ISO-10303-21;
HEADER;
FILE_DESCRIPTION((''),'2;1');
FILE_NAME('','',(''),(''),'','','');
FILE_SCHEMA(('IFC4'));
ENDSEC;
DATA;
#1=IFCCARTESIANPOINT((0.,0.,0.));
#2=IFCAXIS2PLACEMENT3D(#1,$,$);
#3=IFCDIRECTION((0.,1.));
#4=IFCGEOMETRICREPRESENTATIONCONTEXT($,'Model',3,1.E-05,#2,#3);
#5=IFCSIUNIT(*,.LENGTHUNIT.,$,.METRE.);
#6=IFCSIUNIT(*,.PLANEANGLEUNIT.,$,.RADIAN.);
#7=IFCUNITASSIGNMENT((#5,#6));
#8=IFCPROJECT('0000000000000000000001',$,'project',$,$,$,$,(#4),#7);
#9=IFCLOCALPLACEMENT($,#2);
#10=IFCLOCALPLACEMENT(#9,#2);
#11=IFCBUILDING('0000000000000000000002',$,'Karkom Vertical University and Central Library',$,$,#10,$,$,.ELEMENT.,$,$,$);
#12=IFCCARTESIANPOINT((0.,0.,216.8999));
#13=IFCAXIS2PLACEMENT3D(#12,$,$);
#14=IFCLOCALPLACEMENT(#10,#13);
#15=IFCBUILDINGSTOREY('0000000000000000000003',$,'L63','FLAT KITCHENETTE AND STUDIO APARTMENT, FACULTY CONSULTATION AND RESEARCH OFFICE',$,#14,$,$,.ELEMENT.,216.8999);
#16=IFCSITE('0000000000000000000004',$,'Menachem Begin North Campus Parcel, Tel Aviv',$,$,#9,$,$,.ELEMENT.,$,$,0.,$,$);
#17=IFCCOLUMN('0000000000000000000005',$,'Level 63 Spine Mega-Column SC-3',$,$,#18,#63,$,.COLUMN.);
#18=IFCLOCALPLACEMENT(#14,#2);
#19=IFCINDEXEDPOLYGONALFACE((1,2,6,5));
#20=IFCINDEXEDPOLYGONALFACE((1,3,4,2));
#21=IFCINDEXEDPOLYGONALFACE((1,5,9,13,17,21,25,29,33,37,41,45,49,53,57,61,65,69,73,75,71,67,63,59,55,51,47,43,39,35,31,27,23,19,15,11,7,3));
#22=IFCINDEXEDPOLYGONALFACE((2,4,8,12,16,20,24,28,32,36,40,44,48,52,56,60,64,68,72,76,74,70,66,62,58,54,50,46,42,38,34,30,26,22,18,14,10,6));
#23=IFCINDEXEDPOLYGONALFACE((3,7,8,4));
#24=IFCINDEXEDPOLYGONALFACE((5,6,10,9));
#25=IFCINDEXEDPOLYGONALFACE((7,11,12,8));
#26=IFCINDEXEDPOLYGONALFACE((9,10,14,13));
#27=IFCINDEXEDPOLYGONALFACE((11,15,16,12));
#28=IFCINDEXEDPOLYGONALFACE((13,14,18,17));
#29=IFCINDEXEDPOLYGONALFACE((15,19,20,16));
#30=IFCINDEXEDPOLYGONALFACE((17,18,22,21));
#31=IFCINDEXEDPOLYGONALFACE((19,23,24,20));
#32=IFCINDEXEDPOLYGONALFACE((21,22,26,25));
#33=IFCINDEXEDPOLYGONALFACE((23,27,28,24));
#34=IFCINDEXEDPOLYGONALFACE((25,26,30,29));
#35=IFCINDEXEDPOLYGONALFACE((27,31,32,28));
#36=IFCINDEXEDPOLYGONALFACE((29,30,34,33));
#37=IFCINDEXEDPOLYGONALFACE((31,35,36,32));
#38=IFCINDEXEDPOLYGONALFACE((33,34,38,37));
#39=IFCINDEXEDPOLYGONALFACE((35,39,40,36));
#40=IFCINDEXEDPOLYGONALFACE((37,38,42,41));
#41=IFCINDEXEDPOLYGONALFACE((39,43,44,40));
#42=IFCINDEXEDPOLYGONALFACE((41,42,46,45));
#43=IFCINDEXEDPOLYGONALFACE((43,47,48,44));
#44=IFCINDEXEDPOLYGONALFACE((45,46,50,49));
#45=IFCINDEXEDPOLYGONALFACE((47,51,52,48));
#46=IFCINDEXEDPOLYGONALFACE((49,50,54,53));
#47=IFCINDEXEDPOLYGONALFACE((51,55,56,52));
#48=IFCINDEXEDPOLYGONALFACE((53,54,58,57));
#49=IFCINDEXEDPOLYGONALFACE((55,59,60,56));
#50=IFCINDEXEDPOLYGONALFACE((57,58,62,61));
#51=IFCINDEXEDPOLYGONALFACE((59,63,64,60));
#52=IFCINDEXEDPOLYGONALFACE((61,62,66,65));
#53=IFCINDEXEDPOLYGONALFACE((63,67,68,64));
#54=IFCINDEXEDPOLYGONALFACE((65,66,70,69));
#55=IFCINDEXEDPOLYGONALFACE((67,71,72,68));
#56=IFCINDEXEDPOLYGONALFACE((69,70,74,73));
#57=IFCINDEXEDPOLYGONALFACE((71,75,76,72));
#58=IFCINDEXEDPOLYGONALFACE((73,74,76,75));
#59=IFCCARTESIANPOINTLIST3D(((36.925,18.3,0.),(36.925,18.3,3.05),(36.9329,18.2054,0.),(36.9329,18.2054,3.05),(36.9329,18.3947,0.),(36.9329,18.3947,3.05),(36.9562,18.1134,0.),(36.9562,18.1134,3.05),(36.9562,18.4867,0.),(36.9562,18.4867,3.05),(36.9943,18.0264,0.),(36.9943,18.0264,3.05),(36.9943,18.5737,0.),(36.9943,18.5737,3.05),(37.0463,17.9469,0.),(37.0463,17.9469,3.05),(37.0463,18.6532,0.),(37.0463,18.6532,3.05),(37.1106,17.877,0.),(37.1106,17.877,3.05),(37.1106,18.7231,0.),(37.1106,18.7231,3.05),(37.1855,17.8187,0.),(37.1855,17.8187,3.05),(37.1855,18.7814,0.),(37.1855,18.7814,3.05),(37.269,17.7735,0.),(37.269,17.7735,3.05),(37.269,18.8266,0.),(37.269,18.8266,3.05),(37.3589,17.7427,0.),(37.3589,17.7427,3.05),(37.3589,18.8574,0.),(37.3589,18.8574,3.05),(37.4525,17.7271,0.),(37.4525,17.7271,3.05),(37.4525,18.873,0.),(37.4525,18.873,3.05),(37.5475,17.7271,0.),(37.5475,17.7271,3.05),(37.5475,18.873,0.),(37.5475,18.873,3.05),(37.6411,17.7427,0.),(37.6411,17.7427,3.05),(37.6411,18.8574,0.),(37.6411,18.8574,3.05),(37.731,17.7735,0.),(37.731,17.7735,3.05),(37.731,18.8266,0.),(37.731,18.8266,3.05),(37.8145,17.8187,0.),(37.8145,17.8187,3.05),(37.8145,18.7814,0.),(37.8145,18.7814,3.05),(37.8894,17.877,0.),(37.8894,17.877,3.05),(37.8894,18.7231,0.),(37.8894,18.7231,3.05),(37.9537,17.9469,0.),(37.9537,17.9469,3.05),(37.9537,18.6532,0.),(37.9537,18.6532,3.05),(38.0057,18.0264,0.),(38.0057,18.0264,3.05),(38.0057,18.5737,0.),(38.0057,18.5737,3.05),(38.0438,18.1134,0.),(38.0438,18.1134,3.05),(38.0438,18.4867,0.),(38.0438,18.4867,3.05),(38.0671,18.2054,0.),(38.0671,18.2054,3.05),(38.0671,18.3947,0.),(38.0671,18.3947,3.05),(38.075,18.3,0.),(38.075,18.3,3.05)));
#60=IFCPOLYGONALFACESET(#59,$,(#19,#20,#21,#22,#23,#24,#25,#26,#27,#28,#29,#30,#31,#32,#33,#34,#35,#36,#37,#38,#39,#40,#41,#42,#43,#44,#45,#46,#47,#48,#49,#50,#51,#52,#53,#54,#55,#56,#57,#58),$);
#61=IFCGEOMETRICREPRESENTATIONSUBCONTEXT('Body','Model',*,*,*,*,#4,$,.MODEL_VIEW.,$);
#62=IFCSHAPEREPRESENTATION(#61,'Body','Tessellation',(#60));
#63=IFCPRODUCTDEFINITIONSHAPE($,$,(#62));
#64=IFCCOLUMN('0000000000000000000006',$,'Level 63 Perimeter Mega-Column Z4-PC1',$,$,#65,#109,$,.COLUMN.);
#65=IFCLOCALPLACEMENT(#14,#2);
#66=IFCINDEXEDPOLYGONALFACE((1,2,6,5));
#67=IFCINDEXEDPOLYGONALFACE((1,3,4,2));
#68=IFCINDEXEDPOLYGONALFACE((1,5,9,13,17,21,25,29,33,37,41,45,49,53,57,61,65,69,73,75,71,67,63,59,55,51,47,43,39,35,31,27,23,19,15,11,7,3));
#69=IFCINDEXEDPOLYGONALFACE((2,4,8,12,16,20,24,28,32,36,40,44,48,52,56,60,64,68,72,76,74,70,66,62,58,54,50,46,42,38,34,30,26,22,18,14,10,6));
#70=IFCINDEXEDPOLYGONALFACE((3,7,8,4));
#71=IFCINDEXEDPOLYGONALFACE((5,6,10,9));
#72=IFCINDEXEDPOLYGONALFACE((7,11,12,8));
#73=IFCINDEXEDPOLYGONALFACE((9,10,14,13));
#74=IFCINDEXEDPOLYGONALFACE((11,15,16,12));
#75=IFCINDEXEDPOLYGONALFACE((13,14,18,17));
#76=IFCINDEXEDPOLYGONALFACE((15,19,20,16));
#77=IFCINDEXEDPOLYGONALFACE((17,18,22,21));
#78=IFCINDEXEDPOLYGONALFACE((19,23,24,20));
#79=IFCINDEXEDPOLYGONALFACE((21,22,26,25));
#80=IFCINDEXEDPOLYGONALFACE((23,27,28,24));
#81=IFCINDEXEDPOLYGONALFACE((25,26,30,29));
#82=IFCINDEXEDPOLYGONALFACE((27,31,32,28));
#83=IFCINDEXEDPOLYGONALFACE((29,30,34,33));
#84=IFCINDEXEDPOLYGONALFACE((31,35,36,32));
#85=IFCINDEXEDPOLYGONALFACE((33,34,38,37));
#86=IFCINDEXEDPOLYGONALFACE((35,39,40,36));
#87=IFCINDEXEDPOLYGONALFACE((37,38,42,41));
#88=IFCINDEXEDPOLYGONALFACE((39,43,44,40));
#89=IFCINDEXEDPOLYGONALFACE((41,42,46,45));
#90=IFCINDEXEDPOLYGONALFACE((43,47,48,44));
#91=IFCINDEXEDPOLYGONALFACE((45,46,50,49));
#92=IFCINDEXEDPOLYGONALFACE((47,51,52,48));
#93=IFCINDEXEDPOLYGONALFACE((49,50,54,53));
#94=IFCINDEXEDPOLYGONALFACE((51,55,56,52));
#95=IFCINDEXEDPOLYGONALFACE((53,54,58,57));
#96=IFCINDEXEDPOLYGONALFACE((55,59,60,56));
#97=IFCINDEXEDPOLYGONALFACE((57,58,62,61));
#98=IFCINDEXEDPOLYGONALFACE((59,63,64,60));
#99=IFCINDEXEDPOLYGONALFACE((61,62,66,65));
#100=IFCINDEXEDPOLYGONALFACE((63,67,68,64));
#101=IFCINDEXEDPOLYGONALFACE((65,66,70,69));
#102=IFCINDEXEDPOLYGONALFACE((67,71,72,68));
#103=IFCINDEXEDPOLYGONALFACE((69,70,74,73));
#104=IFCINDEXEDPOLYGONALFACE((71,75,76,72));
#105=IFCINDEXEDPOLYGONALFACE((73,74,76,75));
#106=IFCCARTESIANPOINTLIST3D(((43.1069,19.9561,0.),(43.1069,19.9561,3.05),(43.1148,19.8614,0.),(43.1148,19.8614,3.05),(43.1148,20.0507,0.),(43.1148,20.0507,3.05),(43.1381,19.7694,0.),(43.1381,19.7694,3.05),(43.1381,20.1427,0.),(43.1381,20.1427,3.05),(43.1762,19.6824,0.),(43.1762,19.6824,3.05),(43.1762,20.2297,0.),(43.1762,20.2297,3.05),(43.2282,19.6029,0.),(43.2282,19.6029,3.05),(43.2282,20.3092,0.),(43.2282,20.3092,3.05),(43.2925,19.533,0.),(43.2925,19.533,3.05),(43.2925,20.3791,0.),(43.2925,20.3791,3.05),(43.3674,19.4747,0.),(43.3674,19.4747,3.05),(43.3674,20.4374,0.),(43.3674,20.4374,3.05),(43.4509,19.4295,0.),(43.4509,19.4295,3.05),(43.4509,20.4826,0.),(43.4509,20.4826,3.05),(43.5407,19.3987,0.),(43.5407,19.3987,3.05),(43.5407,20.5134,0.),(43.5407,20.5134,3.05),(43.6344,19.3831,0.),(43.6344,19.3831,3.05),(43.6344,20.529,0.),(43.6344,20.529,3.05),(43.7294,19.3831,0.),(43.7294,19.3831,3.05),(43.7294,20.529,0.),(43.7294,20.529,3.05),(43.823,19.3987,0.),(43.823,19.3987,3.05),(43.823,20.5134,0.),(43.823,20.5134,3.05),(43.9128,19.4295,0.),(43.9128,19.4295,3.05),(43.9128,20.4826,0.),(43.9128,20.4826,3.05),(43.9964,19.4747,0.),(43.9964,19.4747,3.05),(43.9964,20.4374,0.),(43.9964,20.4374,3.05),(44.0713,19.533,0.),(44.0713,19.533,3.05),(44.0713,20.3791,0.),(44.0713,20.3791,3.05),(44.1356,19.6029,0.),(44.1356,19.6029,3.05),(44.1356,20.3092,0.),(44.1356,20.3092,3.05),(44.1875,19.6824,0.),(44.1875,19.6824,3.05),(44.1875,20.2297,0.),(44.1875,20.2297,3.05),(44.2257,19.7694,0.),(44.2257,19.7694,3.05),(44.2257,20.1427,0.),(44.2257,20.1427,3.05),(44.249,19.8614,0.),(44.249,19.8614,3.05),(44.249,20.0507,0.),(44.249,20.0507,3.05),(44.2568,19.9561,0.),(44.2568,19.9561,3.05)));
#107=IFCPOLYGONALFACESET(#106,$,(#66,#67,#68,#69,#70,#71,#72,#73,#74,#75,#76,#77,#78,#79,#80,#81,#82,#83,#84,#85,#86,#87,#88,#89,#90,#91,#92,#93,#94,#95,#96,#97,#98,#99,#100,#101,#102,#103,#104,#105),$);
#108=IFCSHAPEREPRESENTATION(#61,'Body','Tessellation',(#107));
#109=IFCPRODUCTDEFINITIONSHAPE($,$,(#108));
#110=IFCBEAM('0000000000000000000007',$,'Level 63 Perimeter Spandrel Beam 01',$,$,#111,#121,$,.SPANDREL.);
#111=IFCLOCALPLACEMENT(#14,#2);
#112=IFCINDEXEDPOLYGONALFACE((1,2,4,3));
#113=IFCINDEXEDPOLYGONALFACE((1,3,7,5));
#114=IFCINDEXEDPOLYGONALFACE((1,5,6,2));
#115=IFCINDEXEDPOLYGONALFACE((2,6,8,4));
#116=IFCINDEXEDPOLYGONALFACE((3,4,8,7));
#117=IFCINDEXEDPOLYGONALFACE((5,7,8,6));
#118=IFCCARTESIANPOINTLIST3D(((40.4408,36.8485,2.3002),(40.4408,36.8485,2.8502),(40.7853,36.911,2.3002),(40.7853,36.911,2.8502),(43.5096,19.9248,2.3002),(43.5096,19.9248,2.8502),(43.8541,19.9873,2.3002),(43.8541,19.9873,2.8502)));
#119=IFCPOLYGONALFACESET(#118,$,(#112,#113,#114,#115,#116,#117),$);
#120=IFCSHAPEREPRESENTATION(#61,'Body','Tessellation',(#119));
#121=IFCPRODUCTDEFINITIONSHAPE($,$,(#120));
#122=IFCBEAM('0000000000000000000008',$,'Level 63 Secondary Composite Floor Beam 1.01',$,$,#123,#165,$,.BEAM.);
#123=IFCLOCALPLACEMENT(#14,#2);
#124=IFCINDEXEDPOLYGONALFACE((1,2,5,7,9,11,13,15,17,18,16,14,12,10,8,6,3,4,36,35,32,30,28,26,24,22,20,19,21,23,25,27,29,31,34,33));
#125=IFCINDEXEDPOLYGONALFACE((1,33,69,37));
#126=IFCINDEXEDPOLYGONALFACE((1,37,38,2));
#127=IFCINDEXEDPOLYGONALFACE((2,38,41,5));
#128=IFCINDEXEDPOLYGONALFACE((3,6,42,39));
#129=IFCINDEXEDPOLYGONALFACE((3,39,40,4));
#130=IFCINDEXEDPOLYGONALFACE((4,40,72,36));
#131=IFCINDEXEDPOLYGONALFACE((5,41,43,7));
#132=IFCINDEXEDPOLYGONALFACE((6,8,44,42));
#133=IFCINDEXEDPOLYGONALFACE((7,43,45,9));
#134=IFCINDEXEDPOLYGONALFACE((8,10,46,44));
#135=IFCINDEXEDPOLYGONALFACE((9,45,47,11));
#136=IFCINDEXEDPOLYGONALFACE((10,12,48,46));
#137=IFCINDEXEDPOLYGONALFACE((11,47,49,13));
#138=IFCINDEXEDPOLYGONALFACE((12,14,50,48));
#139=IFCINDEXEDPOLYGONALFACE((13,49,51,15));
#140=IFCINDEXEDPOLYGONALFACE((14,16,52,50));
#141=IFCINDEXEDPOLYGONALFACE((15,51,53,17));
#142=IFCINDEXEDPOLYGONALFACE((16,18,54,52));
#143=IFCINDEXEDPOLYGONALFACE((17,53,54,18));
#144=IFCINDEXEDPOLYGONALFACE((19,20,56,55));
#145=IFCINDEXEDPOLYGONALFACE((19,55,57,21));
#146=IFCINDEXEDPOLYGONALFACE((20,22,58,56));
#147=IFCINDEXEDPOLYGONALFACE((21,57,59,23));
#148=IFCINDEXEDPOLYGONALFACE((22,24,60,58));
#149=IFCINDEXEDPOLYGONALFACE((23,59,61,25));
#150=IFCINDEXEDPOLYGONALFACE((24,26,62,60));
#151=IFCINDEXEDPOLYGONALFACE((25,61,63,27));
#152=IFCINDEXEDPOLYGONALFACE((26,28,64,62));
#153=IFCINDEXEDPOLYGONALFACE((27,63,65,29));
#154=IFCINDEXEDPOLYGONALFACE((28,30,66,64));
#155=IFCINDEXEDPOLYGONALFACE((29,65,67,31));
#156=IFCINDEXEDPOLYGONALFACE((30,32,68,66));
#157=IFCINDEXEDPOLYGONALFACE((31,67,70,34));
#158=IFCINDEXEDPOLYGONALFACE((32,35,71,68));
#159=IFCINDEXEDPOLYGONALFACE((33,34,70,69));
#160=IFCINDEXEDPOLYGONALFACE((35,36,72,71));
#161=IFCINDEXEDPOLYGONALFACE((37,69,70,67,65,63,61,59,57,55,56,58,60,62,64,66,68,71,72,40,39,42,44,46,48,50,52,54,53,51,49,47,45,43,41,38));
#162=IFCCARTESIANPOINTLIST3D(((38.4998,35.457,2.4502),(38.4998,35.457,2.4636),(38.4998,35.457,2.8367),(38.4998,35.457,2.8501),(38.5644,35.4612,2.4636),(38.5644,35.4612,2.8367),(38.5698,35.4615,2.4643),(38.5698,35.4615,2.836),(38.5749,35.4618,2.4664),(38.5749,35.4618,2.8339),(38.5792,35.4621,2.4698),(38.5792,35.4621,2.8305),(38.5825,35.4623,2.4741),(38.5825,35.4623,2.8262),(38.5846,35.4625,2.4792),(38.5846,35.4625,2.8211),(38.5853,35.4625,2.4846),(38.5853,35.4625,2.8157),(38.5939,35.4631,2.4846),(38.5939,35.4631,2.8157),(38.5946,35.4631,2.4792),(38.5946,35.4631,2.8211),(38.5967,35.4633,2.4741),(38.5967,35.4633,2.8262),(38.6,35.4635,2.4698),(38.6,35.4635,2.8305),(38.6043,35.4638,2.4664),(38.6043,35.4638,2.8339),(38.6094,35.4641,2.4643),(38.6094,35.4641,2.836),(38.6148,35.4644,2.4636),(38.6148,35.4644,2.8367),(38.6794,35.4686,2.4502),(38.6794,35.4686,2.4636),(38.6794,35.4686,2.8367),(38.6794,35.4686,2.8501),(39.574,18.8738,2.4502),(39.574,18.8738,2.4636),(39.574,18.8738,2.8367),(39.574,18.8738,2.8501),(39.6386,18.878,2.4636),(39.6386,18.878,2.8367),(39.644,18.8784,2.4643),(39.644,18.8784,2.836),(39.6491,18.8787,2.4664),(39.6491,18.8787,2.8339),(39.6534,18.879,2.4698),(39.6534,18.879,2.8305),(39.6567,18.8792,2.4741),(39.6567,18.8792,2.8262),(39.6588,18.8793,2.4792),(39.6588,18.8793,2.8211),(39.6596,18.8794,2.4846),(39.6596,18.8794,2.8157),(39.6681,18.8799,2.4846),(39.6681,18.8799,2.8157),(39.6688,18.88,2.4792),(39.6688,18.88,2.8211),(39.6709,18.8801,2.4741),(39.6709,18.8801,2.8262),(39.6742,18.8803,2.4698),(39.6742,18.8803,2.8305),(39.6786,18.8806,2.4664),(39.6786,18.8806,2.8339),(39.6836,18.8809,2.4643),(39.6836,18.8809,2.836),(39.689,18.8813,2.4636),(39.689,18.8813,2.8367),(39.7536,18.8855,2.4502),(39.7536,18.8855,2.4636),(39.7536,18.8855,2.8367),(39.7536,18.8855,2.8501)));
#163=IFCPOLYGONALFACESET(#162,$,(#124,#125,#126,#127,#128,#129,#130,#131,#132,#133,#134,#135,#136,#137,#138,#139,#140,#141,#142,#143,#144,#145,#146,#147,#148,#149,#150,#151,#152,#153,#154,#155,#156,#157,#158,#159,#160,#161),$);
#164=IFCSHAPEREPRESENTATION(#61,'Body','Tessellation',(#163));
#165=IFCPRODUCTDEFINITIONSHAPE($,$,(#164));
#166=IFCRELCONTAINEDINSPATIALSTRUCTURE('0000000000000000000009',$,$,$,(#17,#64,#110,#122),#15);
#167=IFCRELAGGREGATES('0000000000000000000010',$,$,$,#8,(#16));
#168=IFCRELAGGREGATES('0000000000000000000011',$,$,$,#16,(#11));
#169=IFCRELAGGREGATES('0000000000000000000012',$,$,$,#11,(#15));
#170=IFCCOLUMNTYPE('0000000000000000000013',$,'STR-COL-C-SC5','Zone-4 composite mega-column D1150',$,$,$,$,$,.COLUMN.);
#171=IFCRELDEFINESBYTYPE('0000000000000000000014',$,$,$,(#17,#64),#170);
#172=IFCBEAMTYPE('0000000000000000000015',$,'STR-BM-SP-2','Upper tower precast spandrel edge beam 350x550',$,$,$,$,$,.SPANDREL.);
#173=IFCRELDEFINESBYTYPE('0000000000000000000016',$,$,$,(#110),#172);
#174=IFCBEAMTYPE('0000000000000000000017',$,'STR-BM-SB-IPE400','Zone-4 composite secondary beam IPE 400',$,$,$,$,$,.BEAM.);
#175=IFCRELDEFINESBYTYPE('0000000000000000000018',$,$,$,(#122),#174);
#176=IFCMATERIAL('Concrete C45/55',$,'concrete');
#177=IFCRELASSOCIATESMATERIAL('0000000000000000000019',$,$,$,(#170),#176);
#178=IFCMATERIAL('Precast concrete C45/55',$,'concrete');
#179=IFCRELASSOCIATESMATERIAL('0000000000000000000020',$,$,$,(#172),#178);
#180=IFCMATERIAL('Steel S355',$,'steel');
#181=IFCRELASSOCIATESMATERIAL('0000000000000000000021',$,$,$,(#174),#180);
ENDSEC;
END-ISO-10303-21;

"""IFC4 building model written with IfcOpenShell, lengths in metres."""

from ifc_helpers import new_model, si_unit, direction, frame, origin, origin_with_axes, origin_2d, place, context, subcontext, project, spatial, rectangle, circle, i_section, extrude, source, transform, mapped, material, material_profile, profile_set, type_object, element, save


model = new_model("IFC4")

# Units and contexts
model_context = context("Model", 3, precision=1e-05, world=origin(), true_north=direction((0.0, 1.0)))
body_context = subcontext(model_context, "Body", "Model", "MODEL_VIEW")
ifc_project = project(units=[si_unit("LENGTHUNIT", "METRE"), si_unit("PLANEANGLEUNIT", "RADIAN")], contexts=[model_context])

# Site, building, storey
site_placement = place(None, origin())
site = spatial("IfcSite", under=ifc_project, at=site_placement, Name="Menachem Begin North Campus Parcel, Tel Aviv", CompositionType="ELEMENT", RefElevation=0.0)
building_placement = place(site_placement, origin())
building = spatial("IfcBuilding", under=site, at=building_placement, Name="Karkom Vertical University and Central Library", CompositionType="ELEMENT")
storey_placement = place(building_placement, frame((0.0, 0.0, 216.8999)))
storey = spatial("IfcBuildingStorey", under=building, at=storey_placement, Name="L63", Description="FLAT KITCHENETTE AND STUDIO APARTMENT, FACULTY CONSULTATION AND RESEARCH OFFICE", CompositionType="ELEMENT", Elevation=216.8999)

# Columns
ifc_material_1 = material(Name="Concrete C45/55", Category="concrete")
ifc_material_profile_1 = material_profile(ifc_material_1, circle(Radius=0.575, at=origin_2d()), Name="CFT-D1150")
ifc_profile_set_1 = profile_set([ifc_material_profile_1], Name="Concrete C45/55")
column_type = type_object("IfcColumnType", Name="STR-COL-C-SC5", Description="Zone-4 composite mega-column D1150", PredefinedType="COLUMN", material=ifc_profile_set_1)
shared_shape_1 = source(origin_with_axes(), body_context, "Body", "SweptSolid", [
    extrude(circle(Radius=0.575, at=origin_2d()), origin(), (0.0, 0.0, 1.0), 3.05),
])
for number, where, z_axis, x_axis, name in (
    (1, (37.5, 18.3, 0.0), (0.0, 0.0, 1.0), (1.0, 0.0, 0.0), "Level 63 Spine Mega-Column SC-3"),
    (2, (43.6819, 19.9561, 0.0), (0.0, 0.0, 1.0), (1.0, 0.0, 0.0), "Level 63 Perimeter Mega-Column Z4-PC1"),
):
    element("IfcColumn", number, at=place(storey_placement, frame(where, z_axis=z_axis, x_axis=x_axis)), inside=storey, type_object=column_type, Name=name, PredefinedType="COLUMN", context=body_context, shape_type="MappedRepresentation", body=[
        mapped(shared_shape_1, transform((0.0, 0.0, 0.0), scale=1.0)),
    ])

# Beams
ifc_material_2 = material(Name="Precast concrete C45/55", Category="concrete")
ifc_material_profile_2 = material_profile(ifc_material_2, rectangle(XDim=0.3501, YDim=0.55, at=origin_2d()), Name="SPB-350x550")
ifc_profile_set_2 = profile_set([ifc_material_profile_2], Name="Precast concrete C45/55")
beam_type_1 = type_object("IfcBeamType", Name="STR-BM-SP-2", Description="Upper tower precast spandrel edge beam 350x550", PredefinedType="SPANDREL", material=ifc_profile_set_2)
shared_shape_2 = source(origin_with_axes(), body_context, "Body", "SweptSolid", [
    extrude(rectangle(XDim=0.3501, YDim=0.55, at=origin_2d()), origin(), (0.0, 0.0, 1.0), 17.1997),
])
beam_1_placement = place(storey_placement, frame((43.6819, 19.9561, 2.5752), z_axis=(-0.178423, 0.983954, 0.0), x_axis=(-0.983954, -0.178423, 0.0)))
element("IfcBeam", 3, at=beam_1_placement, inside=storey, type_object=beam_type_1, Name="Level 63 Perimeter Spandrel Beam 01", PredefinedType="SPANDREL", context=body_context, shape_type="MappedRepresentation", body=[
    mapped(shared_shape_2, transform((0.0, 0.0, 0.0), scale=1.0)),
])
ifc_material_3 = material(Name="Steel S355", Category="steel")
ifc_material_profile_3 = material_profile(ifc_material_3, i_section(OverallWidth=0.1799, OverallDepth=0.3999, WebThickness=0.0085, FlangeThickness=0.0134, FilletRadius=0.021, at=origin_2d()), Name="IPE 400")
ifc_profile_set_3 = profile_set([ifc_material_profile_3], Name="Steel S355")
beam_type_2 = type_object("IfcBeamType", Name="STR-BM-SB-IPE400", Description="Zone-4 composite secondary beam IPE 400", PredefinedType="BEAM", material=ifc_profile_set_3)
shared_shape_3 = source(origin_with_axes(), body_context, "Body", "SweptSolid", [
    extrude(i_section(OverallWidth=0.1799, OverallDepth=0.3999, WebThickness=0.0085, FlangeThickness=0.0134, FilletRadius=0.021, at=origin_2d()), origin(), (0.0, 0.0, 1.0), 16.6179),
])
beam_2_placement = place(storey_placement, frame((39.6638, 18.8796, 2.6501), z_axis=(-0.064642, 0.997909, 0.0), x_axis=(-0.997909, -0.064642, 0.0)))
element("IfcBeam", 4, at=beam_2_placement, inside=storey, type_object=beam_type_2, Name="Level 63 Secondary Composite Floor Beam 1.01", PredefinedType="BEAM", context=body_context, shape_type="MappedRepresentation", body=[
    mapped(shared_shape_3, transform((0.0, 0.0, 0.0), scale=1.0)),
])

save(model, "model.ifc")
